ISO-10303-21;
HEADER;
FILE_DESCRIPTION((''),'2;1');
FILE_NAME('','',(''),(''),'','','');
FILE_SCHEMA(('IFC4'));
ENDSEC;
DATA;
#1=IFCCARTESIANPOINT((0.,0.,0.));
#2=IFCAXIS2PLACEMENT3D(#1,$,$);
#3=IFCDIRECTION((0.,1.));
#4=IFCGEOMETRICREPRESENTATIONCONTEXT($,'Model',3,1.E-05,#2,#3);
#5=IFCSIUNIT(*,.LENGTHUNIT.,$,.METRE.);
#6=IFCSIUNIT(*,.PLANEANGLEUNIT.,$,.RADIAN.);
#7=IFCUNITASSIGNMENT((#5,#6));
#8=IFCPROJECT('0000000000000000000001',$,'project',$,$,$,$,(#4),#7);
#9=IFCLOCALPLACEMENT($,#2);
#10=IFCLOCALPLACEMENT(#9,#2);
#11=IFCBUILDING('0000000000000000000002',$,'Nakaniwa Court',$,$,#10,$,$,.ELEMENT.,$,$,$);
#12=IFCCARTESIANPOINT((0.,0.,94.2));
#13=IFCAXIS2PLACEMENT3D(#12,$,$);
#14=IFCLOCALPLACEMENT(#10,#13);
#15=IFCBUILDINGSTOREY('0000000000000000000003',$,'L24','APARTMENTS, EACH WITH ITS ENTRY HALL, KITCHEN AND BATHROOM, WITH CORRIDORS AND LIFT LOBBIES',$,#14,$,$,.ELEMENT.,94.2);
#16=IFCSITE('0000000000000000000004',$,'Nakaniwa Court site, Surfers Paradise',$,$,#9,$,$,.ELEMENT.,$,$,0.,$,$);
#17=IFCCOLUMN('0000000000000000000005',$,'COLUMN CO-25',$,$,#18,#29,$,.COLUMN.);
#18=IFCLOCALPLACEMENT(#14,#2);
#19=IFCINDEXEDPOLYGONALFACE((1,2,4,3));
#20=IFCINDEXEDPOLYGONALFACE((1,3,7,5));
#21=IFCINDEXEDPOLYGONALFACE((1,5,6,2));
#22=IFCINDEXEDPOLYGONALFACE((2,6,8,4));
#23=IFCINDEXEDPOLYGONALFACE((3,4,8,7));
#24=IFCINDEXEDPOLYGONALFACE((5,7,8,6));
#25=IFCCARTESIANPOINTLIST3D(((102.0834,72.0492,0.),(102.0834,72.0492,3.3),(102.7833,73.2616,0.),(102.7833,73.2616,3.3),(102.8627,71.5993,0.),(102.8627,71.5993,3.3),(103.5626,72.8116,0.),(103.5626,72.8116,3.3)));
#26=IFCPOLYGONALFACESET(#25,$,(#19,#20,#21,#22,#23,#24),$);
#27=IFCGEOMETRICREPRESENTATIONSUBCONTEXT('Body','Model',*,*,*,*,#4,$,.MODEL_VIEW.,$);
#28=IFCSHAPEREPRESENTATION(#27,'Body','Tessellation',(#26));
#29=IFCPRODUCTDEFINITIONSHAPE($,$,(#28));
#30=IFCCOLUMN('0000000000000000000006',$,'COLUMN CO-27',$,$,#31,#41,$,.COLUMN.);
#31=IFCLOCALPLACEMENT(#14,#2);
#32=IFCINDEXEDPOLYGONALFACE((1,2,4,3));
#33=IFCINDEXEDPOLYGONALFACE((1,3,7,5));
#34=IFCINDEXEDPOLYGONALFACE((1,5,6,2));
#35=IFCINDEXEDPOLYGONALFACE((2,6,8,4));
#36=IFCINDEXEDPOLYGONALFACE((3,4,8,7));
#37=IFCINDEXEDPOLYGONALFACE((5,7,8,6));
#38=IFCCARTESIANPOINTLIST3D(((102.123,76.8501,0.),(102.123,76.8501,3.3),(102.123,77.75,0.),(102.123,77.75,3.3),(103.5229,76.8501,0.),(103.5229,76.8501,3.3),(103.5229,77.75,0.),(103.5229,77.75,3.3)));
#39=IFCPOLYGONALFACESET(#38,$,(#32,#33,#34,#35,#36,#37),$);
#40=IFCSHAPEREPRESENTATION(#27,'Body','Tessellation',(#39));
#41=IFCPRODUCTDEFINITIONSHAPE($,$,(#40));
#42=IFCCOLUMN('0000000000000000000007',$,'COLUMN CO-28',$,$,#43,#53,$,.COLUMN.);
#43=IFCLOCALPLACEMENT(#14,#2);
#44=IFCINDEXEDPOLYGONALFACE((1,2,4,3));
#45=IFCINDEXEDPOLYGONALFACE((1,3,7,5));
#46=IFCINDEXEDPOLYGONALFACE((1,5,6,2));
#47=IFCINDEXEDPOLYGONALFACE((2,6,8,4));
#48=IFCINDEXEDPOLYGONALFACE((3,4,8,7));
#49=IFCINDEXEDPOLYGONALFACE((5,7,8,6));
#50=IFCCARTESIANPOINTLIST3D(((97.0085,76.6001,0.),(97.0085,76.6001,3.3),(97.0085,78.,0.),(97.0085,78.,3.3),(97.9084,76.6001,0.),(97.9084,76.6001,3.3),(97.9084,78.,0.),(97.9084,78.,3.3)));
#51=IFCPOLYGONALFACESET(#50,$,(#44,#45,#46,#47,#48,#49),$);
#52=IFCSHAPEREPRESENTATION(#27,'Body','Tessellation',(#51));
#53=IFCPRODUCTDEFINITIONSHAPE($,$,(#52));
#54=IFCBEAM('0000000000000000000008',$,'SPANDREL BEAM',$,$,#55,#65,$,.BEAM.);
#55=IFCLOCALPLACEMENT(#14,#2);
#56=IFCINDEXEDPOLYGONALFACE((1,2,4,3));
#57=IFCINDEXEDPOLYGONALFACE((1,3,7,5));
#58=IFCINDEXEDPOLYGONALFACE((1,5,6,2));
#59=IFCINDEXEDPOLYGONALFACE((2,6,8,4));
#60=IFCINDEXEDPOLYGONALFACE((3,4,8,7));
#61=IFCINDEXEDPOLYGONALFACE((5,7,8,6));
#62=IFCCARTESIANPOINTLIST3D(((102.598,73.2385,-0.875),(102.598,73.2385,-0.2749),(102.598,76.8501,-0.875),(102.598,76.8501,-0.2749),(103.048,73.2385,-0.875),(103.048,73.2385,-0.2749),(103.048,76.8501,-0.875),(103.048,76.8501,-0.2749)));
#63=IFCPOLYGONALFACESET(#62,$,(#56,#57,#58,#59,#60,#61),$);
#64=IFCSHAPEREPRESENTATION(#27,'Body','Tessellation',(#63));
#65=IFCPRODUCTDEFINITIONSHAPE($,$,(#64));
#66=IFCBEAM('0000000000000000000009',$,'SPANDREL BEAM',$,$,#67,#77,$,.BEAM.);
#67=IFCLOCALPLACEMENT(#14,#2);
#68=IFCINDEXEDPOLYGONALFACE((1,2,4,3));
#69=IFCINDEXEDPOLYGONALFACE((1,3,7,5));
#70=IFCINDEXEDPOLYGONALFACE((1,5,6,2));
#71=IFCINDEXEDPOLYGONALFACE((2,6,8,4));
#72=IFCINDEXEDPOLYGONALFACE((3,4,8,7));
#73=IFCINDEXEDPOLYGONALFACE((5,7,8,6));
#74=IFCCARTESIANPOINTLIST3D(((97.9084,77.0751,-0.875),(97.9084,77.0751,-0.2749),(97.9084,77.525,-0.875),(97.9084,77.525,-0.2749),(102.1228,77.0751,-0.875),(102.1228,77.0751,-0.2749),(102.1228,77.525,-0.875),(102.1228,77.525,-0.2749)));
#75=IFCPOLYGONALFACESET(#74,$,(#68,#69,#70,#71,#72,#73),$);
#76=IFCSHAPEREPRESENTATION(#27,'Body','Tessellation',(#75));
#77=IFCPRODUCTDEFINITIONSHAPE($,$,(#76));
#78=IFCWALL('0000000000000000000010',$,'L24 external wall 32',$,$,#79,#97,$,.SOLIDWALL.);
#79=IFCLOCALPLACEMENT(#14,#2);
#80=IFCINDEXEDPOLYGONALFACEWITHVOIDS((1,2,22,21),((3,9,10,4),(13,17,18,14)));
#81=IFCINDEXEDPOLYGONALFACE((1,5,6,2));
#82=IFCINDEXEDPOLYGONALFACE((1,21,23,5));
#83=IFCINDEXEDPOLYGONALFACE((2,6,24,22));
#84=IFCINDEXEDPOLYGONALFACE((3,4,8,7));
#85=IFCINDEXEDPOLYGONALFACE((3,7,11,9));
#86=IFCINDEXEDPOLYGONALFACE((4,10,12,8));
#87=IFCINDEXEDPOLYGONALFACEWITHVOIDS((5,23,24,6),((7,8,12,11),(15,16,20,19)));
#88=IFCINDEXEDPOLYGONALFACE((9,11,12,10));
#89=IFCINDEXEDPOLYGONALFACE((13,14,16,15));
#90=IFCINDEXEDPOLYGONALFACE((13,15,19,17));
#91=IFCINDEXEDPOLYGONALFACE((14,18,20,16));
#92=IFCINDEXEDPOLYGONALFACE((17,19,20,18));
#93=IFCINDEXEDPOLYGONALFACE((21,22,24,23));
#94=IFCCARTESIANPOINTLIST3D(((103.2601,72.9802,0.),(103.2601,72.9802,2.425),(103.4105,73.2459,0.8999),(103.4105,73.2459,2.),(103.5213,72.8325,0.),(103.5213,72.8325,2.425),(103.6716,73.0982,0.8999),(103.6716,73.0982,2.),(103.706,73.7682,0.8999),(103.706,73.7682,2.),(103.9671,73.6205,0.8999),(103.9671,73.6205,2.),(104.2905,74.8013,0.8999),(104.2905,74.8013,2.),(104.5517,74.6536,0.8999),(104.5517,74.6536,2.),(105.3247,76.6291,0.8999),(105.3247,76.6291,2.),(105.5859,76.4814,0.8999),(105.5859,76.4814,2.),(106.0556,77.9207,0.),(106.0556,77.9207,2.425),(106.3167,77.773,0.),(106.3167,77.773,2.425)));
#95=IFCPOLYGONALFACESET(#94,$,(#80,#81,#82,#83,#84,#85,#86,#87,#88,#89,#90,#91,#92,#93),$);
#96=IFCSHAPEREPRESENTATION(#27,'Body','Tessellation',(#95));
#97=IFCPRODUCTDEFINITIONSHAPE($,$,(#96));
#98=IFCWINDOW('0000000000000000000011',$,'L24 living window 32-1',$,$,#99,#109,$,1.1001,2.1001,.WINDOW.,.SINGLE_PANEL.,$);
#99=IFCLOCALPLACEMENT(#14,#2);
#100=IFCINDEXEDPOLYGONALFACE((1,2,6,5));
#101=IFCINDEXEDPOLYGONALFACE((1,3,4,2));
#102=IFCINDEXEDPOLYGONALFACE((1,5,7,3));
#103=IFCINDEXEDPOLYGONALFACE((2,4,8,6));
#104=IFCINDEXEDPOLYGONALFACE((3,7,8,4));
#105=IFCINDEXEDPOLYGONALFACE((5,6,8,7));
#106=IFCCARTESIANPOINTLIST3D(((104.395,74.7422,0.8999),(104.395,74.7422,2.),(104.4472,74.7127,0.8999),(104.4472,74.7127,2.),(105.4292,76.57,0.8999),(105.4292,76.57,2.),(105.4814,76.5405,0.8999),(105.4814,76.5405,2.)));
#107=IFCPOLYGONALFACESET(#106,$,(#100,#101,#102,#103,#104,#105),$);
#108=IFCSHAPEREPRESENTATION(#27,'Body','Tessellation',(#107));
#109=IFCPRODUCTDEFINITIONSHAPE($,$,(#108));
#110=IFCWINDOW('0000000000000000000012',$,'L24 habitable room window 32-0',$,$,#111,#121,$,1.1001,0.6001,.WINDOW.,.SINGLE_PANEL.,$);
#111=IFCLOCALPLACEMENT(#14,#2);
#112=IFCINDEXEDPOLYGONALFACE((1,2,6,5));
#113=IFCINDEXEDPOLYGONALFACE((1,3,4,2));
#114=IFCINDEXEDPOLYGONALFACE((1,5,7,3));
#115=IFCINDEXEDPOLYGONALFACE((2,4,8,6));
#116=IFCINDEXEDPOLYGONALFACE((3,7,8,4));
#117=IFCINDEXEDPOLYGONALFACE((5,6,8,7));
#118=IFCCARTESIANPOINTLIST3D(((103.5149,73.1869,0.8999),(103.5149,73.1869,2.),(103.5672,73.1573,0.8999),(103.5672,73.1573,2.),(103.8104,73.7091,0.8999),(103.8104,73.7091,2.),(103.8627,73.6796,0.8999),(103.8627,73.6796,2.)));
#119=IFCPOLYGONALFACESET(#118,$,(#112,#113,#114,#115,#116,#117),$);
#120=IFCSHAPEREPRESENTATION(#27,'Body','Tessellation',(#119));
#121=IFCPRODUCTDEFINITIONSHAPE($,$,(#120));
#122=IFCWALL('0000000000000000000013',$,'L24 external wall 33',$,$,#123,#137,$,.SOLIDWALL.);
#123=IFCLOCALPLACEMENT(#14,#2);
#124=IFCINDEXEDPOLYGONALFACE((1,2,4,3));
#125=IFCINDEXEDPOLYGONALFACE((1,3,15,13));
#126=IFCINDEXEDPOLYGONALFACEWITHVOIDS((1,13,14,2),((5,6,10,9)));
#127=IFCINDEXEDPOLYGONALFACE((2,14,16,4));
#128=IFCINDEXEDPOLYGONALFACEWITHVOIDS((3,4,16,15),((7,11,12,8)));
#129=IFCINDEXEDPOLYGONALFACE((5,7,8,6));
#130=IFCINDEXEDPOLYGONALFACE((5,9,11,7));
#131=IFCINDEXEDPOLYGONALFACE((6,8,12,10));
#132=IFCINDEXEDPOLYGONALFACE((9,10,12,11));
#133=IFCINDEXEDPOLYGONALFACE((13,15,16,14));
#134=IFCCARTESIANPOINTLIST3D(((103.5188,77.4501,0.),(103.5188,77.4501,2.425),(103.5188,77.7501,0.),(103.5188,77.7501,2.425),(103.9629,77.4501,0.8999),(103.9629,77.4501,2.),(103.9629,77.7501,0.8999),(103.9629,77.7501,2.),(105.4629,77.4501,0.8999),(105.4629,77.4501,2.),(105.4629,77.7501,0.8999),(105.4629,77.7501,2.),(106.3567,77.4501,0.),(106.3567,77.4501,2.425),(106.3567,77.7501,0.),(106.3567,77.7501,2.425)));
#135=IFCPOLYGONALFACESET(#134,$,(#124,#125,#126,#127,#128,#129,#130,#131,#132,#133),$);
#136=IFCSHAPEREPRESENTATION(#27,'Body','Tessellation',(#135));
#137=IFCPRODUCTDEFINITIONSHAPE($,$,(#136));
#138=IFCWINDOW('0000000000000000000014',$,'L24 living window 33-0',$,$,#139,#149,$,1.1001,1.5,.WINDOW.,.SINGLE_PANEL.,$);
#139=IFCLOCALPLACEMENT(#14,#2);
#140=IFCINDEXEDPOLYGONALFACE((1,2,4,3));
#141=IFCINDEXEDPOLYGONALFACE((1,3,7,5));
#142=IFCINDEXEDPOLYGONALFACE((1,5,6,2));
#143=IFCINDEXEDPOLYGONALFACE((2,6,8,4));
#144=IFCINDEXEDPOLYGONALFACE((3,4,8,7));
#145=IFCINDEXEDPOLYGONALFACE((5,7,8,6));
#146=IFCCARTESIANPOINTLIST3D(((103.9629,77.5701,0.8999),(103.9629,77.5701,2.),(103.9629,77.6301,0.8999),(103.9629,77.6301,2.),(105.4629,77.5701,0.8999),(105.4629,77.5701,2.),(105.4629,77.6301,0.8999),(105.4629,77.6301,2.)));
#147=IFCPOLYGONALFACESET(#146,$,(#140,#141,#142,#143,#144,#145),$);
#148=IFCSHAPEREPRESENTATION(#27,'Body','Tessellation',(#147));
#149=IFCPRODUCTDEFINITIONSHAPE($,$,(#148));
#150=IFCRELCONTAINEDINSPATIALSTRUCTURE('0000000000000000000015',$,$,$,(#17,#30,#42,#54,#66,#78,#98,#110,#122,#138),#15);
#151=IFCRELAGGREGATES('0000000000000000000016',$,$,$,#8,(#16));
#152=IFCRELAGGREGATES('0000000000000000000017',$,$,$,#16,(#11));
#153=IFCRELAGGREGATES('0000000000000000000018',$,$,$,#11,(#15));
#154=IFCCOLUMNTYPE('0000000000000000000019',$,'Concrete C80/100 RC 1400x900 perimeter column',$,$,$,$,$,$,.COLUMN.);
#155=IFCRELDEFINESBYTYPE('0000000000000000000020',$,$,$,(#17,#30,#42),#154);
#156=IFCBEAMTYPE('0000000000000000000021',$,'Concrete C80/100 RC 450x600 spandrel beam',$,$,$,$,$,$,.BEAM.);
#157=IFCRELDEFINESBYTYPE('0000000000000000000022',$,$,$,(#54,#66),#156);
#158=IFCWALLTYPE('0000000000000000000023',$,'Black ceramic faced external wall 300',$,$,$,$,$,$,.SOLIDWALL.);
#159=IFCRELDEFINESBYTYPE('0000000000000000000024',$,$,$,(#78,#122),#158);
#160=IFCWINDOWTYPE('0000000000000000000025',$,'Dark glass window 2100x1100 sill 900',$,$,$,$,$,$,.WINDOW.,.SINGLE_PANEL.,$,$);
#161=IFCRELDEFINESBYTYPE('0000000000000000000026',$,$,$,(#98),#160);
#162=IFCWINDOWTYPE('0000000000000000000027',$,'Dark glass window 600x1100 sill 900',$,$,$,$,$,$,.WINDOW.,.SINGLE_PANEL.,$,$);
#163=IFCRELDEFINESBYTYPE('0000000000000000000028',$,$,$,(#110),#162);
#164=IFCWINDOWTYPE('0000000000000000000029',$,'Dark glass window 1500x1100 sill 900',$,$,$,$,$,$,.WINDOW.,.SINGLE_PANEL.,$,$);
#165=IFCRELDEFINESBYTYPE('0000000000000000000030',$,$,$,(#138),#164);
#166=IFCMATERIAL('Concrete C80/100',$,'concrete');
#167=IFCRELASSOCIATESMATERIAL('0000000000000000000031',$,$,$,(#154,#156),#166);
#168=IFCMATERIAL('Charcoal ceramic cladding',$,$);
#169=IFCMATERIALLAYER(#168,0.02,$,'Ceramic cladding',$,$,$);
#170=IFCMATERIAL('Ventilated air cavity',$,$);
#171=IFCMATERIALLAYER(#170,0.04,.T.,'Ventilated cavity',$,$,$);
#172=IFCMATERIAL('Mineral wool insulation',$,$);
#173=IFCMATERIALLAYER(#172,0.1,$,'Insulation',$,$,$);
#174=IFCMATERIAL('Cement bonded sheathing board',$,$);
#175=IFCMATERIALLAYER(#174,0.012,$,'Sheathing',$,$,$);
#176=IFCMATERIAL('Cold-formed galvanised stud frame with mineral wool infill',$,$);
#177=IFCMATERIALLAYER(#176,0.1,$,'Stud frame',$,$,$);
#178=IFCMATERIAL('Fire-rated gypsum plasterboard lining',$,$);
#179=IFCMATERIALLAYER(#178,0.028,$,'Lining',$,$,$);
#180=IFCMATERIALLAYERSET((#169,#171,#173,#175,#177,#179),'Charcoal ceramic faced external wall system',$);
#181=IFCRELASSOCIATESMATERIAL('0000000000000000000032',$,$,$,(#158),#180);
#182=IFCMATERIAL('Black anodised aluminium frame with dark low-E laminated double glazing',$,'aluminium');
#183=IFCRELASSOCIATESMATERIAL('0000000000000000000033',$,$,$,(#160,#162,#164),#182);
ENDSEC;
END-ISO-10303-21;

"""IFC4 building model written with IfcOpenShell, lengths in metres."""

from ifc_helpers import new_model, si_unit, direction, frame, frame_2d, origin, origin_2d, place, context, subcontext, project, spatial, rectangle, extrude, material, layer, layer_set, material_profile, profile_set, type_object, element, fill, save


model = new_model("IFC4")

# Units and contexts
model_context = context("Model", 3, precision=1e-05, world=origin(), true_north=direction((0.0, 1.0)))
body_context = subcontext(model_context, "Body", "Model", "MODEL_VIEW")
ifc_project = project(units=[si_unit("LENGTHUNIT", "METRE"), si_unit("PLANEANGLEUNIT", "RADIAN")], contexts=[model_context])

# Site, building, storey
site_placement = place(None, origin())
site = spatial("IfcSite", under=ifc_project, at=site_placement, Name="Nakaniwa Court site, Surfers Paradise", CompositionType="ELEMENT", RefElevation=0.0)
building_placement = place(site_placement, origin())
building = spatial("IfcBuilding", under=site, at=building_placement, Name="Nakaniwa Court", CompositionType="ELEMENT")
storey_placement = place(building_placement, frame((0.0, 0.0, 94.2)))
storey = spatial("IfcBuildingStorey", under=building, at=storey_placement, Name="L24", Description="APARTMENTS, EACH WITH ITS ENTRY HALL, KITCHEN AND BATHROOM, WITH CORRIDORS AND LIFT LOBBIES", CompositionType="ELEMENT", Elevation=94.2)

# Columns
ifc_material_1 = material(Name="Concrete C80/100", Category="concrete")
ifc_material_profile_1 = material_profile(ifc_material_1, rectangle(XDim=1.3999, YDim=0.8999, at=origin_2d()), Name="Concrete C80/100 RC 1400x900 perimeter column")
ifc_profile_set_1 = profile_set([ifc_material_profile_1], Name="Concrete C80/100")
column_type = type_object("IfcColumnType", Name="Concrete C80/100 RC 1400x900 perimeter column", PredefinedType="COLUMN", material=ifc_profile_set_1)
for number, where, z_axis, x_axis, name in (
    (1, (102.823, 72.4304, 0.0), (0.0, 0.0, 1.0), (0.5, 0.866025, 0.0), "COLUMN CO-25"),
    (2, (102.823, 77.3, 0.0), (0.0, 0.0, 1.0), (-1.0, 0.0, 0.0), "COLUMN CO-27"),
    (3, (97.4585, 77.3, 0.0), (0.0, 0.0, 1.0), (0.0, 1.0, 0.0), "COLUMN CO-28"),
):
    element("IfcColumn", number, at=place(storey_placement, frame(where, z_axis=z_axis, x_axis=x_axis)), inside=storey, type_object=column_type, Name=name, PredefinedType="COLUMN", context=body_context, shape_type="SweptSolid", body=[
        extrude(rectangle(XDim=1.3999, YDim=0.8999, at=origin_2d()), origin(), (0.0, 0.0, 1.0), 3.3),
    ])

# Beams
ifc_material_profile_2 = material_profile(ifc_material_1, rectangle(XDim=0.45, YDim=0.6001, at=origin_2d()), Name="Concrete C80/100 RC 450x600 spandrel beam")
ifc_profile_set_2 = profile_set([ifc_material_profile_2], Name="Concrete C80/100")
beam_type = type_object("IfcBeamType", Name="Concrete C80/100 RC 450x600 spandrel beam", PredefinedType="BEAM", material=ifc_profile_set_2)
beam_1_placement = place(storey_placement, frame((102.823, 73.2385, -0.575), z_axis=(0.0, 1.0, 0.0), x_axis=(-1.0, 0.0, 0.0)))
element("IfcBeam", 4, at=beam_1_placement, inside=storey, type_object=beam_type, Name="SPANDREL BEAM", PredefinedType="BEAM", context=body_context, shape_type="SweptSolid", body=[
    extrude(rectangle(XDim=0.45, YDim=0.6001, at=origin_2d()), origin(), (0.0, 0.0, 1.0), 3.6116),
])
beam_2_placement = place(storey_placement, frame((102.1228, 77.3, -0.575), z_axis=(-1.0, 0.0, 0.0), x_axis=(0.0, -1.0, 0.0)))
element("IfcBeam", 5, at=beam_2_placement, inside=storey, type_object=beam_type, Name="SPANDREL BEAM", PredefinedType="BEAM", context=body_context, shape_type="SweptSolid", body=[
    extrude(rectangle(XDim=0.45, YDim=0.6001, at=origin_2d()), origin(), (0.0, 0.0, 1.0), 4.2144),
])

# Wall, openings, windows
ifc_material_2 = material(Name="Charcoal ceramic cladding")
ifc_layer_1 = layer(ifc_material_2, 0.02, Name="Ceramic cladding")
ifc_material_3 = material(Name="Ventilated air cavity")
ifc_layer_2 = layer(ifc_material_3, 0.04, ventilated=True, Name="Ventilated cavity")
ifc_material_4 = material(Name="Mineral wool insulation")
ifc_layer_3 = layer(ifc_material_4, 0.1, Name="Insulation")
ifc_material_5 = material(Name="Cement bonded sheathing board")
ifc_layer_4 = layer(ifc_material_5, 0.012, Name="Sheathing")
ifc_material_6 = material(Name="Cold-formed galvanised stud frame with mineral wool infill")
ifc_layer_5 = layer(ifc_material_6, 0.1, Name="Stud frame")
ifc_material_7 = material(Name="Fire-rated gypsum plasterboard lining")
ifc_layer_6 = layer(ifc_material_7, 0.028, Name="Lining")
ifc_layer_set = layer_set([ifc_layer_1, ifc_layer_2, ifc_layer_3, ifc_layer_4, ifc_layer_5, ifc_layer_6], Name="Charcoal ceramic faced external wall system")
wall_type = type_object("IfcWallType", Name="Black ceramic faced external wall 300", PredefinedType="SOLIDWALL", material=ifc_layer_set)
wall_1_placement = place(storey_placement, frame((103.3906, 72.9062, 0.0), z_axis=(0.0, 0.0, 1.0), x_axis=(0.492457, 0.870337, 0.0)))
wall_1 = element("IfcWall", 6, at=wall_1_placement, inside=storey, type_object=wall_type, Name="L24 external wall 32", PredefinedType="SOLIDWALL", context=body_context, shape_type="SweptSolid", body=[
    extrude(rectangle(XDim=5.6765, YDim=0.3, at=frame_2d((2.8384, 0.0))), origin(), (0.0, 0.0, 1.0), 2.425),
])
opening_1_placement = place(wall_1_placement, frame((0.3054, 0.0, 0.8999)))
opening_1 = element("IfcOpeningElement", 7, at=opening_1_placement, cuts=wall_1, PredefinedType="OPENING", context=body_context, shape_type="SweptSolid", body=[
    extrude(rectangle(XDim=0.6001, YDim=1.1001, at=frame_2d((0.3, 0.55))), frame((0.0, 0.1599, 0.0), z_axis=(0.0, -1.0, 0.0), x_axis=(1.0, 0.0, 0.0)), (0.0, 0.0, 1.0), 0.3201),
])
opening_2_placement = place(wall_1_placement, frame((2.0925, 0.0, 0.8999)))
opening_2 = element("IfcOpeningElement", 8, at=opening_2_placement, cuts=wall_1, PredefinedType="OPENING", context=body_context, shape_type="SweptSolid", body=[
    extrude(rectangle(XDim=2.1001, YDim=1.1001, at=frame_2d((1.05, 0.55))), frame((0.0, 0.1599, 0.0), z_axis=(0.0, -1.0, 0.0), x_axis=(1.0, 0.0, 0.0)), (0.0, 0.0, 1.0), 0.3201),
])
ifc_material_8 = material(Name="Black anodised aluminium frame with dark low-E laminated double glazing", Category="aluminium")
window_type_1 = type_object("IfcWindowType", Name="Dark glass window 2100x1100 sill 900", PartitioningType="SINGLE_PANEL", PredefinedType="WINDOW", material=ifc_material_8)
window_1_placement = place(opening_2_placement, origin())
window_1 = element("IfcWindow", 9, at=window_1_placement, inside=storey, type_object=window_type_1, Name="L24 living window 32-1", OverallHeight=1.1001, OverallWidth=2.1001, PartitioningType="SINGLE_PANEL", PredefinedType="WINDOW", context=body_context, shape_type="SweptSolid", body=[
    extrude(rectangle(XDim=2.1001, YDim=1.1001, at=frame_2d((1.05, 0.55))), frame((0.0, 0.03, 0.0), z_axis=(0.0, -1.0, 0.0), x_axis=(1.0, 0.0, 0.0)), (0.0, 0.0, 1.0), 0.0601),
])
fill(opening_2, window_1)
window_type_2 = type_object("IfcWindowType", Name="Dark glass window 600x1100 sill 900", PartitioningType="SINGLE_PANEL", PredefinedType="WINDOW", material=ifc_material_8)
window_2_placement = place(opening_1_placement, origin())
window_2 = element("IfcWindow", 10, at=window_2_placement, inside=storey, type_object=window_type_2, Name="L24 habitable room window 32-0", OverallHeight=1.1001, OverallWidth=0.6001, PartitioningType="SINGLE_PANEL", PredefinedType="WINDOW", context=body_context, shape_type="SweptSolid", body=[
    extrude(rectangle(XDim=0.6001, YDim=1.1001, at=frame_2d((0.3, 0.55))), frame((0.0, 0.03, 0.0), z_axis=(0.0, -1.0, 0.0), x_axis=(1.0, 0.0, 0.0)), (0.0, 0.0, 1.0), 0.0601),
])
fill(opening_1, window_2)

# Wall, opening, window
wall_2_placement = place(storey_placement, frame((106.3567, 77.6001, 0.0), z_axis=(0.0, 0.0, 1.0), x_axis=(-1.0, 0.0, 0.0)))
wall_2 = element("IfcWall", 11, at=wall_2_placement, inside=storey, type_object=wall_type, Name="L24 external wall 33", PredefinedType="SOLIDWALL", context=body_context, shape_type="SweptSolid", body=[
    extrude(rectangle(XDim=2.8379, YDim=0.3, at=frame_2d((1.4189, 0.0))), origin(), (0.0, 0.0, 1.0), 2.425),
])
opening_3_placement = place(wall_2_placement, frame((0.8938, 0.0, 0.8999)))
opening_3 = element("IfcOpeningElement", 12, at=opening_3_placement, cuts=wall_2, PredefinedType="OPENING", context=body_context, shape_type="SweptSolid", body=[
    extrude(rectangle(XDim=1.5, YDim=1.1001, at=frame_2d((0.75, 0.55))), frame((0.0, 0.1599, 0.0), z_axis=(0.0, -1.0, 0.0), x_axis=(1.0, 0.0, 0.0)), (0.0, 0.0, 1.0), 0.3201),
])
window_type_3 = type_object("IfcWindowType", Name="Dark glass window 1500x1100 sill 900", PartitioningType="SINGLE_PANEL", PredefinedType="WINDOW", material=ifc_material_8)
window_3_placement = place(opening_3_placement, origin())
window_3 = element("IfcWindow", 13, at=window_3_placement, inside=storey, type_object=window_type_3, Name="L24 living window 33-0", OverallHeight=1.1001, OverallWidth=1.5, PartitioningType="SINGLE_PANEL", PredefinedType="WINDOW", context=body_context, shape_type="SweptSolid", body=[
    extrude(rectangle(XDim=1.5, YDim=1.1001, at=frame_2d((0.75, 0.55))), frame((0.0, 0.03, 0.0), z_axis=(0.0, -1.0, 0.0), x_axis=(1.0, 0.0, 0.0)), (0.0, 0.0, 1.0), 0.0601),
])
fill(opening_3, window_3)

save(model, "model.ifc")
